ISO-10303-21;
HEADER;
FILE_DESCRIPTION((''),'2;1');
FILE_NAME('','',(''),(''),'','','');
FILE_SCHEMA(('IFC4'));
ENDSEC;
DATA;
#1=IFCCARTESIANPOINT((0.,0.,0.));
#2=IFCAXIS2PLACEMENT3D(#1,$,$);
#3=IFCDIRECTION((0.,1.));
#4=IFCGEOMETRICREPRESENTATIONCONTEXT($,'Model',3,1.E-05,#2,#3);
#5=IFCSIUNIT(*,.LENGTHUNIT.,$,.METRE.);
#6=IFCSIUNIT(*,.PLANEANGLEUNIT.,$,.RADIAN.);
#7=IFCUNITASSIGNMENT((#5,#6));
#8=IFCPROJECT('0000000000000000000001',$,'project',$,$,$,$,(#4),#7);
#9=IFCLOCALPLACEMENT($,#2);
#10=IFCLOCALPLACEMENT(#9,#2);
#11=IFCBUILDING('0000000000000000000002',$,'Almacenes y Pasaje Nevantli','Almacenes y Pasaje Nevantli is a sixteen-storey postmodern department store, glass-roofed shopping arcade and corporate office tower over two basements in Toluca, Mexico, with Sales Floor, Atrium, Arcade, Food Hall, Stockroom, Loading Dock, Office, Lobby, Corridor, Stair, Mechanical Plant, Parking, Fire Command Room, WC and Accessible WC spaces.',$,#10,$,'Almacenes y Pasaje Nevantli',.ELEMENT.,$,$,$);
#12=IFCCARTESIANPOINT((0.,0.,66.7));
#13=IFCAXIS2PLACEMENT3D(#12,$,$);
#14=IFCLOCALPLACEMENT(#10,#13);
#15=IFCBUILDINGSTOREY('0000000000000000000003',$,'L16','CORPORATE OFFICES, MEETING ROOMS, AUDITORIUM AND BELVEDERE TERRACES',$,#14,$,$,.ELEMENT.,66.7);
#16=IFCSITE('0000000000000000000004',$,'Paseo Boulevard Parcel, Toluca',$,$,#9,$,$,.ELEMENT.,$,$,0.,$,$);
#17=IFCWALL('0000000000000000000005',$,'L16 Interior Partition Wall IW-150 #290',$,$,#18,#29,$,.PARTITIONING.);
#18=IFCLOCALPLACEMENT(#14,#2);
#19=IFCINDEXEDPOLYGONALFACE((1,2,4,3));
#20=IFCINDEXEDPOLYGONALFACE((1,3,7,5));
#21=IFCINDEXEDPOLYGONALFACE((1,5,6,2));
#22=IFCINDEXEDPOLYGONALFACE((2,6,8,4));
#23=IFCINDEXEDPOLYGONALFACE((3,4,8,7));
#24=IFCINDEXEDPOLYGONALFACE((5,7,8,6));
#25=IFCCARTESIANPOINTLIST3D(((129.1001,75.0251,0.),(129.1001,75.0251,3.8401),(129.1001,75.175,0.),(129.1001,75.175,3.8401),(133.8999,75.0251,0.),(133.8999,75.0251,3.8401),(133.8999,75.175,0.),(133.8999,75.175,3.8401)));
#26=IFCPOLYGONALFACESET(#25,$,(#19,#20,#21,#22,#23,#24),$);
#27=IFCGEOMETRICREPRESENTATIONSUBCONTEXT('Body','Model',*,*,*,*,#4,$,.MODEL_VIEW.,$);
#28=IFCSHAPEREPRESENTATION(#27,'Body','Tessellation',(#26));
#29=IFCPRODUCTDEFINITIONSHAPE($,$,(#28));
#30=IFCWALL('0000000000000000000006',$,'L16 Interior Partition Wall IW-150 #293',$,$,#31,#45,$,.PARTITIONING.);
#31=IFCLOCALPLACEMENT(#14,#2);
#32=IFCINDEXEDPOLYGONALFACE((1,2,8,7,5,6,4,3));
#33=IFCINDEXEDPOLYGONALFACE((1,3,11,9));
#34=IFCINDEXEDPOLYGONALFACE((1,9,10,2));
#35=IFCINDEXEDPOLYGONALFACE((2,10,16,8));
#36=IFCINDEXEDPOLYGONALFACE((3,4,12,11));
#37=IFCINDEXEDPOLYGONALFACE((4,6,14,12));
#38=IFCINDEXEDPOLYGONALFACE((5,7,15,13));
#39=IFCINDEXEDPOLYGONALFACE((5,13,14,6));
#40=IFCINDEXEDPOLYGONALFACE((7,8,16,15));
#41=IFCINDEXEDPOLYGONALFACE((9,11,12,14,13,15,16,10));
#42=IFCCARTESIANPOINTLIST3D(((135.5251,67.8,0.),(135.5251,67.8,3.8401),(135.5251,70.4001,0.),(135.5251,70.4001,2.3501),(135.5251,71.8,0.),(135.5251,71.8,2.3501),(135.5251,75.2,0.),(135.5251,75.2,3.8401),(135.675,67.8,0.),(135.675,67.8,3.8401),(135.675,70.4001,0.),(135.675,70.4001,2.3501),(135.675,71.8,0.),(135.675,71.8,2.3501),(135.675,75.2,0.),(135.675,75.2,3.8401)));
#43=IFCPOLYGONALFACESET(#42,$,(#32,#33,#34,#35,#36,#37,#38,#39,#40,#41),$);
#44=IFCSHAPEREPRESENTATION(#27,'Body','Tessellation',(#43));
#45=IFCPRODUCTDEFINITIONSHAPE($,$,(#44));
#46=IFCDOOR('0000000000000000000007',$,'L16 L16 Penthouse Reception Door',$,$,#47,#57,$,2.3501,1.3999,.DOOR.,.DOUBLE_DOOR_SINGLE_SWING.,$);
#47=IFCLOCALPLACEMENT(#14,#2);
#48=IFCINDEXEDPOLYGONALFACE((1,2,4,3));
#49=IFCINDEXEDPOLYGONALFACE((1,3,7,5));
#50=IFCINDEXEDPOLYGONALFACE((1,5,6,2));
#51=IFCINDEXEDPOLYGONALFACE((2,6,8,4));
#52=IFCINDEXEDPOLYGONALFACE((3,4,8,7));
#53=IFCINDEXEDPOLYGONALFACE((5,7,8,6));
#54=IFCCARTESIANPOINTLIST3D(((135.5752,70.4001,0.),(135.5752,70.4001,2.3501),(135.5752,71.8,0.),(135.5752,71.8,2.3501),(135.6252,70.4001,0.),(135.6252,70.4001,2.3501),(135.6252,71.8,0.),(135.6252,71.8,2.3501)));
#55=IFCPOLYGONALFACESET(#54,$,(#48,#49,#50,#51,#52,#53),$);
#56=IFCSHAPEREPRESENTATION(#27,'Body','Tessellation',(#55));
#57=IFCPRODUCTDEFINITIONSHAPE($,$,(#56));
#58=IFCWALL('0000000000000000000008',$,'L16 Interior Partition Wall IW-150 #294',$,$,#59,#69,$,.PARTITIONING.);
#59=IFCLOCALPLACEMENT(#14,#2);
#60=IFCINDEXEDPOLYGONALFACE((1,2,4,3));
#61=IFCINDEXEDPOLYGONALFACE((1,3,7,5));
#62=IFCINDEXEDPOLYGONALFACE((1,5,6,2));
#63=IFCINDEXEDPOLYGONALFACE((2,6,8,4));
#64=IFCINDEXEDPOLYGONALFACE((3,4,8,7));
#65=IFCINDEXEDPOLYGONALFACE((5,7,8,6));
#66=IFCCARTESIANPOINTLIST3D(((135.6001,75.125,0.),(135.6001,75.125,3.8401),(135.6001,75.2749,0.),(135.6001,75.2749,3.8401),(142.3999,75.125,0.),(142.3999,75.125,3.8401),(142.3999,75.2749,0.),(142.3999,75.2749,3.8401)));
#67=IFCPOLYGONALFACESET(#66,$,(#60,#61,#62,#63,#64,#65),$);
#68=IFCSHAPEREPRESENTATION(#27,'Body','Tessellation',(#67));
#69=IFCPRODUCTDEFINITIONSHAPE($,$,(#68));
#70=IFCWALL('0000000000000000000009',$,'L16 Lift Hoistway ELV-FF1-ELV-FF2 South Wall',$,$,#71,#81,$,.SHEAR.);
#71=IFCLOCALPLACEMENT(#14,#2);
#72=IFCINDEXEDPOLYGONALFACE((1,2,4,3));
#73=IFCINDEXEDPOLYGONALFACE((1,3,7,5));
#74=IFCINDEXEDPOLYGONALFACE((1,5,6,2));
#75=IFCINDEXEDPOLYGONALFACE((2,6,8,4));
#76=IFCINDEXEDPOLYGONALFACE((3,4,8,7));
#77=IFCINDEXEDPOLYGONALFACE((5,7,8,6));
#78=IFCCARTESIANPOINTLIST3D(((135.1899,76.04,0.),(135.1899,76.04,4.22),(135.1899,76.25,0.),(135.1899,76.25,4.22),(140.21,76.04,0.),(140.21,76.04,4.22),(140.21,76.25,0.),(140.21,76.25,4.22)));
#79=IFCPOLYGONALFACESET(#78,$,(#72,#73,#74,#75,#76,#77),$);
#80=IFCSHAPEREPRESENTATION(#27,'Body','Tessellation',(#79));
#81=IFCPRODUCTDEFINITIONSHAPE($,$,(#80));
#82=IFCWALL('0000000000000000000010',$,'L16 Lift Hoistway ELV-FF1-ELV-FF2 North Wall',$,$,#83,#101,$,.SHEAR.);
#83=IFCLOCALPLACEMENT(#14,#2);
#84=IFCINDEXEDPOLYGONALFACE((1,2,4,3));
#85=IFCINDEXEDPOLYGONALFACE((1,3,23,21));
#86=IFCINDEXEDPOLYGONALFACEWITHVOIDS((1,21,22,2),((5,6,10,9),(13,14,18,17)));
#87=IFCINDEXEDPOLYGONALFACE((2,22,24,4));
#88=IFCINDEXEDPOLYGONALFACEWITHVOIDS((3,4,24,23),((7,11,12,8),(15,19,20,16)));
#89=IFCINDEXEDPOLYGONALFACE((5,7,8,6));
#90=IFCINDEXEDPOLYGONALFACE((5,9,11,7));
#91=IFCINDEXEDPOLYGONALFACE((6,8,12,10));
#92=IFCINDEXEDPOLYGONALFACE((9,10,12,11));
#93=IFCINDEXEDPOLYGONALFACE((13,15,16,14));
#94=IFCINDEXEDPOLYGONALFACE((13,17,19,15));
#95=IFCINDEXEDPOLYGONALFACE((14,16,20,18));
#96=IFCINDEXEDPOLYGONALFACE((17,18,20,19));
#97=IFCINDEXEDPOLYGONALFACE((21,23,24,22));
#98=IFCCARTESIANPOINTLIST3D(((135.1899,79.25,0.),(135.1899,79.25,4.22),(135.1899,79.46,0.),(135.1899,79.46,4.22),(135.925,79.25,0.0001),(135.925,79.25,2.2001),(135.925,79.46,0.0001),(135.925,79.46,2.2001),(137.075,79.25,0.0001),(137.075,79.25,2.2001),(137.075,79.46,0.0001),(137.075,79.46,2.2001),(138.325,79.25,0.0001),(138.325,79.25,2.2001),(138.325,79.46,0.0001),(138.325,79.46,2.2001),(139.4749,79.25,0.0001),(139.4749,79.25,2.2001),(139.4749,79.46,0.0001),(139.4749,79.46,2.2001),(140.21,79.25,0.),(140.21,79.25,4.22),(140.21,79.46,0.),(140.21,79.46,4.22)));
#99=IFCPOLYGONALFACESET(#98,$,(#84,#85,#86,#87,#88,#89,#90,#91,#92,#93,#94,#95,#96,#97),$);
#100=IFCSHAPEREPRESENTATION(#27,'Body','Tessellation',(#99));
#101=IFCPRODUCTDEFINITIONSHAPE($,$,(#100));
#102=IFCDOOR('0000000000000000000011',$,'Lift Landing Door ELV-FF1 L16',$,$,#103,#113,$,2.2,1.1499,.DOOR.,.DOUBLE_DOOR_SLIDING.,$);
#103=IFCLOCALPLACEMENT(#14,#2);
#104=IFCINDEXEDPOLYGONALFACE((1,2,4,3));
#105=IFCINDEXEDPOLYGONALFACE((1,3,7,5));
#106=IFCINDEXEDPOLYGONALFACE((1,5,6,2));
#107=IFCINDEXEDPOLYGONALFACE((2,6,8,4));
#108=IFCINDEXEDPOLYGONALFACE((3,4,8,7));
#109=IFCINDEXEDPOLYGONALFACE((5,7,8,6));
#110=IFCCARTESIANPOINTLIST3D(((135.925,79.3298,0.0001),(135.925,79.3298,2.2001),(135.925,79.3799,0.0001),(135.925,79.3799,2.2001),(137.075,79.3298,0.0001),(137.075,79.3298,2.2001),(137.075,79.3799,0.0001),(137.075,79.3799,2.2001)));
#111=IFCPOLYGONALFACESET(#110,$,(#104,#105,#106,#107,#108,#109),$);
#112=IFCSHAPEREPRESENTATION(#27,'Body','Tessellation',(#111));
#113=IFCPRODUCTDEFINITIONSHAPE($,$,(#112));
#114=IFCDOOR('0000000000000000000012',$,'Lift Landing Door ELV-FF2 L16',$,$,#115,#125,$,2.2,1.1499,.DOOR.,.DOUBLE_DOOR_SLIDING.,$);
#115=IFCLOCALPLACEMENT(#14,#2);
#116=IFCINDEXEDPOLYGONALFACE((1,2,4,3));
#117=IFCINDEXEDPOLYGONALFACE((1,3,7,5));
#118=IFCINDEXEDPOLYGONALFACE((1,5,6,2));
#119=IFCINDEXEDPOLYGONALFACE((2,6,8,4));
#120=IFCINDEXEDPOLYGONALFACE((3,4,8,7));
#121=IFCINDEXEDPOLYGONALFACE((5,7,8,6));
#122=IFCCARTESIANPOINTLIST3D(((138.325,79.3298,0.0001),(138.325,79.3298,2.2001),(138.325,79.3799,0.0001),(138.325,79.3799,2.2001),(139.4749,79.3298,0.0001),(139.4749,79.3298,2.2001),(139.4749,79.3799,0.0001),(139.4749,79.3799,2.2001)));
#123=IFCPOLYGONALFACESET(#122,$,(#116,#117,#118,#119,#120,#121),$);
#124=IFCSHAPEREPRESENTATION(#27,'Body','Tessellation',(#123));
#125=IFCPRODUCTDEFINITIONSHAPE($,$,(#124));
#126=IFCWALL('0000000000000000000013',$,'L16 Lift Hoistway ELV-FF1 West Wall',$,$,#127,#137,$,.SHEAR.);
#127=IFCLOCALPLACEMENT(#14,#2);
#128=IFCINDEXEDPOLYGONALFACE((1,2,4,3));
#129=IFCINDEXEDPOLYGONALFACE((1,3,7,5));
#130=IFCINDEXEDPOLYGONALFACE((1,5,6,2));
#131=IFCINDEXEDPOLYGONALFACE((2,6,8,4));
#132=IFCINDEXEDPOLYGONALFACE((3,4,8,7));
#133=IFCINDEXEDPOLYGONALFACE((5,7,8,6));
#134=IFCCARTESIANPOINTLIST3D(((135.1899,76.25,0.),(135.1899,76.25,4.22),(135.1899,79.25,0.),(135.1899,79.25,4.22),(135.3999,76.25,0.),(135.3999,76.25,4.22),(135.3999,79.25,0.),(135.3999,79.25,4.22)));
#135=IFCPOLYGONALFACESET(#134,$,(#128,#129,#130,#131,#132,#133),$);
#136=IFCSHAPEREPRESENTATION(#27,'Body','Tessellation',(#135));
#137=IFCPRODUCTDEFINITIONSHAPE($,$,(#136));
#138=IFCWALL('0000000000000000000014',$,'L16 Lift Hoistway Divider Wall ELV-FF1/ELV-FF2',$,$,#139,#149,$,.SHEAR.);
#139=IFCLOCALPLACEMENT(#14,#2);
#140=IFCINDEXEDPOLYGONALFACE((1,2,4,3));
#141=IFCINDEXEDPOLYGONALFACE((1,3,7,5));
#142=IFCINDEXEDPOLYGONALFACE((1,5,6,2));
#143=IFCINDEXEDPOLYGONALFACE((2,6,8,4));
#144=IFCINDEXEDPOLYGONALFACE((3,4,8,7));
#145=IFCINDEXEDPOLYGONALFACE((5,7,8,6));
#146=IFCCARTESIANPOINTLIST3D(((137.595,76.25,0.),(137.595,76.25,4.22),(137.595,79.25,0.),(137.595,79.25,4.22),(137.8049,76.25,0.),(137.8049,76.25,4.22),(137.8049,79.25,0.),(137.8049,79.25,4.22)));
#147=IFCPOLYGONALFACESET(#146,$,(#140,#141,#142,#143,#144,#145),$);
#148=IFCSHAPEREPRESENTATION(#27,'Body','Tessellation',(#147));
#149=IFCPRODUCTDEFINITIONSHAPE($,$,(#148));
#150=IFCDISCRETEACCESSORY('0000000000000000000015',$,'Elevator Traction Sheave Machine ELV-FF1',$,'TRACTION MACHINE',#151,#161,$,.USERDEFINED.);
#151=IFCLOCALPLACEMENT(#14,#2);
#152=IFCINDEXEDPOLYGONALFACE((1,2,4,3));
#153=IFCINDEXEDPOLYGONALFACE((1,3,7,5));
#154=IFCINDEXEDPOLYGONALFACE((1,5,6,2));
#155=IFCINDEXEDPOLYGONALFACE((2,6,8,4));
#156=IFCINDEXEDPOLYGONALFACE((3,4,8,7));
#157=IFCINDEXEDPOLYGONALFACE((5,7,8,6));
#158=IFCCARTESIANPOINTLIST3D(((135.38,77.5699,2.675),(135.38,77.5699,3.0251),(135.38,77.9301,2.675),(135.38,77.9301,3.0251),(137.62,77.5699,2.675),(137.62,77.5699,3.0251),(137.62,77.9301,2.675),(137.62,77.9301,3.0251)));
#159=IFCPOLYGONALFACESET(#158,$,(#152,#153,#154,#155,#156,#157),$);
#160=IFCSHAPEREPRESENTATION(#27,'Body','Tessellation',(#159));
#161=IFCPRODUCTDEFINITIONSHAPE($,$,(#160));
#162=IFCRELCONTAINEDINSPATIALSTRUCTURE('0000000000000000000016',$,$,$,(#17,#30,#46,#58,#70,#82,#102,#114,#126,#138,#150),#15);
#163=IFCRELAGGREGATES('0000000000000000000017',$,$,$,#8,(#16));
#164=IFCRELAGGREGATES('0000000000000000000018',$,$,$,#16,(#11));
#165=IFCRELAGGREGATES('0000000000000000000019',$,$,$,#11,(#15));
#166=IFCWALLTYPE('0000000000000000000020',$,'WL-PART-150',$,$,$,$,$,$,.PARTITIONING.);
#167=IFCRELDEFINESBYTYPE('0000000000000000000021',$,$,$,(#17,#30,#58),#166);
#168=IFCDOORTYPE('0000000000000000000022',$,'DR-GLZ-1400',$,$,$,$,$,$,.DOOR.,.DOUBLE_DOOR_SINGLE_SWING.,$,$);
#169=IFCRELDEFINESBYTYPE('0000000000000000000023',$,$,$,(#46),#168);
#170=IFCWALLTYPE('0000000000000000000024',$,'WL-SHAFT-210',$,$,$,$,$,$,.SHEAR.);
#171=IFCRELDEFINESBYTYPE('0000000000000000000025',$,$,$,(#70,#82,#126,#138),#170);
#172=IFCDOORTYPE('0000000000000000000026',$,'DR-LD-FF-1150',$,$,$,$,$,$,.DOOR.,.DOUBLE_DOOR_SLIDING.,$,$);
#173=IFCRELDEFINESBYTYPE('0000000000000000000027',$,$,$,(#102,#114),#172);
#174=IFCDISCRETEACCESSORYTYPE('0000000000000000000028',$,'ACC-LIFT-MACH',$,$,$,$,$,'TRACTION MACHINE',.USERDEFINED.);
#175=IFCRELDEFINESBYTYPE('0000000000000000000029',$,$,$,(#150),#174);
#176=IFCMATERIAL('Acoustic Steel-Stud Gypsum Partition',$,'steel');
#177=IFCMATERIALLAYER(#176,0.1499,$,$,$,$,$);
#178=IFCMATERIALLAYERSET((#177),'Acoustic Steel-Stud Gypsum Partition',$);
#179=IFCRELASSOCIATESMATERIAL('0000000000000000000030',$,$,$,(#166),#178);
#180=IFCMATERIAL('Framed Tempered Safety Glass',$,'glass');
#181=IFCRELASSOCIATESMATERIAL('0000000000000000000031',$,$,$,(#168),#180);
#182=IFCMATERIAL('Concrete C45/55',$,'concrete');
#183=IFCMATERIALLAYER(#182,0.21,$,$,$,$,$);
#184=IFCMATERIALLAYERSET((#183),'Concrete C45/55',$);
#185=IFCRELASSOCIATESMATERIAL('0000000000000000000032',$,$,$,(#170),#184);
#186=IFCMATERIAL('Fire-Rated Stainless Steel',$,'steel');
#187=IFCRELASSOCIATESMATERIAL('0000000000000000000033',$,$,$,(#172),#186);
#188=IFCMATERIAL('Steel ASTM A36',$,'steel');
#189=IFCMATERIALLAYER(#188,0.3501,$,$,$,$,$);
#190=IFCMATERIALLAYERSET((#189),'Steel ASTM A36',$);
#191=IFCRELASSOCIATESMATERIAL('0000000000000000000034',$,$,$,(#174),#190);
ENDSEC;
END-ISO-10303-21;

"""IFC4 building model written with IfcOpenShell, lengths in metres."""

from ifc_helpers import new_model, si_unit, direction, frame, frame_2d, origin, origin_2d, place, context, subcontext, project, spatial, rectangle, extrude, material, layer, layer_set, type_object, element, fill, save


model = new_model("IFC4")

# Units and contexts
model_context = context("Model", 3, precision=1e-05, world=origin(), true_north=direction((0.0, 1.0)))
body_context = subcontext(model_context, "Body", "Model", "MODEL_VIEW")
ifc_project = project(units=[si_unit("LENGTHUNIT", "METRE"), si_unit("PLANEANGLEUNIT", "RADIAN")], contexts=[model_context])

# Site, building, storey
site_placement = place(None, origin())
site = spatial("IfcSite", under=ifc_project, at=site_placement, Name="Paseo Boulevard Parcel, Toluca", CompositionType="ELEMENT", RefElevation=0.0)
building_placement = place(site_placement, origin())
building = spatial("IfcBuilding", under=site, at=building_placement, Name="Almacenes y Pasaje Nevantli", Description="Almacenes y Pasaje Nevantli is a sixteen-storey postmodern department store, glass-roofed shopping arcade and corporate office tower over two basements in Toluca, Mexico, with Sales Floor, Atrium, Arcade, Food Hall, Stockroom, Loading Dock, Office, Lobby, Corridor, Stair, Mechanical Plant, Parking, Fire Command Room, WC and Accessible WC spaces.", LongName="Almacenes y Pasaje Nevantli", CompositionType="ELEMENT")
storey_placement = place(building_placement, frame((0.0, 0.0, 66.7)))
storey = spatial("IfcBuildingStorey", under=building, at=storey_placement, Name="L16", Description="CORPORATE OFFICES, MEETING ROOMS, AUDITORIUM AND BELVEDERE TERRACES", CompositionType="ELEMENT", Elevation=66.7)

# Shared definitions
ifc_material_1 = material(Name="Acoustic Steel-Stud Gypsum Partition", Category="steel")
ifc_layer_1 = layer(ifc_material_1, 0.1499)
ifc_layer_set_1 = layer_set([ifc_layer_1], Name="Acoustic Steel-Stud Gypsum Partition")
wall_type_1 = type_object("IfcWallType", Name="WL-PART-150", PredefinedType="PARTITIONING", material=ifc_layer_set_1)

# Wall
wall_1_placement = place(storey_placement, frame((129.1001, 75.1001, 0.0), z_axis=(0.0, 0.0, 1.0), x_axis=(1.0, 0.0, 0.0)))
element("IfcWall", 1, at=wall_1_placement, inside=storey, type_object=wall_type_1, Name="L16 Interior Partition Wall IW-150 #290", PredefinedType="PARTITIONING", context=body_context, shape_type="SweptSolid", body=[
    extrude(rectangle(XDim=4.7998, YDim=0.1499, at=frame_2d((2.3999, 0.0))), origin(), (0.0, 0.0, 1.0), 3.8401),
])

# Wall, opening, door
wall_2_placement = place(storey_placement, frame((135.6001, 67.8, 0.0), z_axis=(0.0, 0.0, 1.0), x_axis=(0.0, 1.0, 0.0)))
wall_2 = element("IfcWall", 2, at=wall_2_placement, inside=storey, type_object=wall_type_1, Name="L16 Interior Partition Wall IW-150 #293", PredefinedType="PARTITIONING", context=body_context, shape_type="SweptSolid", body=[
    extrude(rectangle(XDim=7.3999, YDim=0.1499, at=frame_2d((3.7, 0.0))), origin(), (0.0, 0.0, 1.0), 3.8401),
])
opening_1_placement = place(wall_2_placement, frame((2.6001, 0.0, 0.0)))
opening_1 = element("IfcOpeningElement", 3, at=opening_1_placement, cuts=wall_2, PredefinedType="OPENING", context=body_context, shape_type="SweptSolid", body=[
    extrude(rectangle(XDim=1.3999, YDim=2.3501, at=frame_2d((0.7, 1.175))), frame((0.0, 0.085, 0.0), z_axis=(0.0, -1.0, 0.0), x_axis=(1.0, 0.0, 0.0)), (0.0, 0.0, 1.0), 0.1699),
])
ifc_material_2 = material(Name="Framed Tempered Safety Glass", Category="glass")
door_type_1 = type_object("IfcDoorType", Name="DR-GLZ-1400", OperationType="DOUBLE_DOOR_SINGLE_SWING", PredefinedType="DOOR", material=ifc_material_2)
door_1_placement = place(opening_1_placement, origin())
door_1 = element("IfcDoor", 4, at=door_1_placement, inside=storey, type_object=door_type_1, Name="L16 L16 Penthouse Reception Door", OperationType="DOUBLE_DOOR_SINGLE_SWING", OverallHeight=2.3501, OverallWidth=1.3999, PredefinedType="DOOR", context=body_context, shape_type="SweptSolid", body=[
    extrude(rectangle(XDim=1.3999, YDim=2.3501, at=frame_2d((0.7, 1.175))), frame((0.0, 0.0249, 0.0), z_axis=(0.0, -1.0, 0.0), x_axis=(1.0, 0.0, 0.0)), (0.0, 0.0, 1.0), 0.05),
])
fill(opening_1, door_1)

# Walls
wall_3_placement = place(storey_placement, frame((135.6001, 75.2, 0.0), z_axis=(0.0, 0.0, 1.0), x_axis=(1.0, 0.0, 0.0)))
element("IfcWall", 5, at=wall_3_placement, inside=storey, type_object=wall_type_1, Name="L16 Interior Partition Wall IW-150 #294", PredefinedType="PARTITIONING", context=body_context, shape_type="SweptSolid", body=[
    extrude(rectangle(XDim=6.7998, YDim=0.1499, at=frame_2d((3.3999, 0.0))), origin(), (0.0, 0.0, 1.0), 3.8401),
])
ifc_material_3 = material(Name="Concrete C45/55", Category="concrete")
ifc_layer_2 = layer(ifc_material_3, 0.21)
ifc_layer_set_2 = layer_set([ifc_layer_2], Name="Concrete C45/55")
wall_type_2 = type_object("IfcWallType", Name="WL-SHAFT-210", PredefinedType="SHEAR", material=ifc_layer_set_2)
wall_4_placement = place(storey_placement, frame((135.1899, 76.145, 0.0), z_axis=(0.0, 0.0, 1.0), x_axis=(1.0, 0.0, 0.0)))
element("IfcWall", 6, at=wall_4_placement, inside=storey, type_object=wall_type_2, Name="L16 Lift Hoistway ELV-FF1-ELV-FF2 South Wall", PredefinedType="SHEAR", context=body_context, shape_type="SweptSolid", body=[
    extrude(rectangle(XDim=5.02, YDim=0.21, at=frame_2d((2.51, 0.0))), origin(), (0.0, 0.0, 1.0), 4.22),
])

# Wall, openings, doors
wall_5_placement = place(storey_placement, frame((135.1899, 79.355, 0.0), z_axis=(0.0, 0.0, 1.0), x_axis=(1.0, 0.0, 0.0)))
wall_5 = element("IfcWall", 7, at=wall_5_placement, inside=storey, type_object=wall_type_2, Name="L16 Lift Hoistway ELV-FF1-ELV-FF2 North Wall", PredefinedType="SHEAR", context=body_context, shape_type="SweptSolid", body=[
    extrude(rectangle(XDim=5.02, YDim=0.21, at=frame_2d((2.51, 0.0))), origin(), (0.0, 0.0, 1.0), 4.22),
])
opening_2_placement = place(wall_5_placement, frame((0.7351, 0.0, 0.0)))
opening_2 = element("IfcOpeningElement", 8, at=opening_2_placement, cuts=wall_5, PredefinedType="OPENING", context=body_context, shape_type="SweptSolid", body=[
    extrude(rectangle(XDim=1.1499, YDim=2.2, at=frame_2d((0.575, 1.1001))), frame((0.0, 0.115, 0.0), z_axis=(0.0, -1.0, 0.0), x_axis=(1.0, 0.0, 0.0)), (0.0, 0.0, 1.0), 0.23),
])
opening_3_placement = place(wall_5_placement, frame((3.135, 0.0, 0.0)))
opening_3 = element("IfcOpeningElement", 9, at=opening_3_placement, cuts=wall_5, PredefinedType="OPENING", context=body_context, shape_type="SweptSolid", body=[
    extrude(rectangle(XDim=1.1499, YDim=2.2, at=frame_2d((0.575, 1.1001))), frame((0.0, 0.115, 0.0), z_axis=(0.0, -1.0, 0.0), x_axis=(1.0, 0.0, 0.0)), (0.0, 0.0, 1.0), 0.23),
])
ifc_material_4 = material(Name="Fire-Rated Stainless Steel", Category="steel")
door_type_2 = type_object("IfcDoorType", Name="DR-LD-FF-1150", OperationType="DOUBLE_DOOR_SLIDING", PredefinedType="DOOR", material=ifc_material_4)
door_2_placement = place(opening_2_placement, origin())
door_2 = element("IfcDoor", 10, at=door_2_placement, inside=storey, type_object=door_type_2, Name="Lift Landing Door ELV-FF1 L16", OperationType="DOUBLE_DOOR_SLIDING", OverallHeight=2.2, OverallWidth=1.1499, PredefinedType="DOOR", context=body_context, shape_type="SweptSolid", body=[
    extrude(rectangle(XDim=1.1499, YDim=2.2, at=frame_2d((0.575, 1.1001))), frame((0.0, 0.0249, 0.0), z_axis=(0.0, -1.0, 0.0), x_axis=(1.0, 0.0, 0.0)), (0.0, 0.0, 1.0), 0.05),
])
fill(opening_2, door_2)
door_3_placement = place(opening_3_placement, origin())
door_3 = element("IfcDoor", 11, at=door_3_placement, inside=storey, type_object=door_type_2, Name="Lift Landing Door ELV-FF2 L16", OperationType="DOUBLE_DOOR_SLIDING", OverallHeight=2.2, OverallWidth=1.1499, PredefinedType="DOOR", context=body_context, shape_type="SweptSolid", body=[
    extrude(rectangle(XDim=1.1499, YDim=2.2, at=frame_2d((0.575, 1.1001))), frame((0.0, 0.0249, 0.0), z_axis=(0.0, -1.0, 0.0), x_axis=(1.0, 0.0, 0.0)), (0.0, 0.0, 1.0), 0.05),
])
fill(opening_3, door_3)

# Walls
for number, where, z_axis, x_axis, name in (
    (12, (135.2949, 76.25, 0.0), (0.0, 0.0, 1.0), (0.0, 1.0, 0.0), "L16 Lift Hoistway ELV-FF1 West Wall"),
    (13, (137.7, 76.25, 0.0), (0.0, 0.0, 1.0), (0.0, 1.0, 0.0), "L16 Lift Hoistway Divider Wall ELV-FF1/ELV-FF2"),
):
    element("IfcWall", number, at=place(storey_placement, frame(where, z_axis=z_axis, x_axis=x_axis)), inside=storey, type_object=wall_type_2, Name=name, PredefinedType="SHEAR", context=body_context, shape_type="SweptSolid", body=[
        extrude(rectangle(XDim=3.0, YDim=0.21, at=frame_2d((1.5, 0.0))), origin(), (0.0, 0.0, 1.0), 4.22),
    ])

# Discrete accessory
ifc_material_5 = material(Name="Steel ASTM A36", Category="steel")
ifc_layer_3 = layer(ifc_material_5, 0.3501)
ifc_layer_set_3 = layer_set([ifc_layer_3], Name="Steel ASTM A36")
discrete_accessory_type = type_object("IfcDiscreteAccessoryType", Name="ACC-LIFT-MACH", ElementType="TRACTION MACHINE", PredefinedType="USERDEFINED", material=ifc_layer_set_3)
discrete_accessory_placement = place(storey_placement, frame((136.5, 77.75, 2.675), z_axis=(0.0, 0.0, 1.0), x_axis=(1.0, 0.0, 0.0)))
element("IfcDiscreteAccessory", 14, at=discrete_accessory_placement, inside=storey, type_object=discrete_accessory_type, Name="Elevator Traction Sheave Machine ELV-FF1", ObjectType="TRACTION MACHINE", PredefinedType="USERDEFINED", context=body_context, shape_type="SweptSolid", body=[
    extrude(rectangle(XDim=2.24, YDim=0.3601, at=origin_2d()), origin(), (0.0, 0.0, 1.0), 0.3501),
])

save(model, "model.ifc")
